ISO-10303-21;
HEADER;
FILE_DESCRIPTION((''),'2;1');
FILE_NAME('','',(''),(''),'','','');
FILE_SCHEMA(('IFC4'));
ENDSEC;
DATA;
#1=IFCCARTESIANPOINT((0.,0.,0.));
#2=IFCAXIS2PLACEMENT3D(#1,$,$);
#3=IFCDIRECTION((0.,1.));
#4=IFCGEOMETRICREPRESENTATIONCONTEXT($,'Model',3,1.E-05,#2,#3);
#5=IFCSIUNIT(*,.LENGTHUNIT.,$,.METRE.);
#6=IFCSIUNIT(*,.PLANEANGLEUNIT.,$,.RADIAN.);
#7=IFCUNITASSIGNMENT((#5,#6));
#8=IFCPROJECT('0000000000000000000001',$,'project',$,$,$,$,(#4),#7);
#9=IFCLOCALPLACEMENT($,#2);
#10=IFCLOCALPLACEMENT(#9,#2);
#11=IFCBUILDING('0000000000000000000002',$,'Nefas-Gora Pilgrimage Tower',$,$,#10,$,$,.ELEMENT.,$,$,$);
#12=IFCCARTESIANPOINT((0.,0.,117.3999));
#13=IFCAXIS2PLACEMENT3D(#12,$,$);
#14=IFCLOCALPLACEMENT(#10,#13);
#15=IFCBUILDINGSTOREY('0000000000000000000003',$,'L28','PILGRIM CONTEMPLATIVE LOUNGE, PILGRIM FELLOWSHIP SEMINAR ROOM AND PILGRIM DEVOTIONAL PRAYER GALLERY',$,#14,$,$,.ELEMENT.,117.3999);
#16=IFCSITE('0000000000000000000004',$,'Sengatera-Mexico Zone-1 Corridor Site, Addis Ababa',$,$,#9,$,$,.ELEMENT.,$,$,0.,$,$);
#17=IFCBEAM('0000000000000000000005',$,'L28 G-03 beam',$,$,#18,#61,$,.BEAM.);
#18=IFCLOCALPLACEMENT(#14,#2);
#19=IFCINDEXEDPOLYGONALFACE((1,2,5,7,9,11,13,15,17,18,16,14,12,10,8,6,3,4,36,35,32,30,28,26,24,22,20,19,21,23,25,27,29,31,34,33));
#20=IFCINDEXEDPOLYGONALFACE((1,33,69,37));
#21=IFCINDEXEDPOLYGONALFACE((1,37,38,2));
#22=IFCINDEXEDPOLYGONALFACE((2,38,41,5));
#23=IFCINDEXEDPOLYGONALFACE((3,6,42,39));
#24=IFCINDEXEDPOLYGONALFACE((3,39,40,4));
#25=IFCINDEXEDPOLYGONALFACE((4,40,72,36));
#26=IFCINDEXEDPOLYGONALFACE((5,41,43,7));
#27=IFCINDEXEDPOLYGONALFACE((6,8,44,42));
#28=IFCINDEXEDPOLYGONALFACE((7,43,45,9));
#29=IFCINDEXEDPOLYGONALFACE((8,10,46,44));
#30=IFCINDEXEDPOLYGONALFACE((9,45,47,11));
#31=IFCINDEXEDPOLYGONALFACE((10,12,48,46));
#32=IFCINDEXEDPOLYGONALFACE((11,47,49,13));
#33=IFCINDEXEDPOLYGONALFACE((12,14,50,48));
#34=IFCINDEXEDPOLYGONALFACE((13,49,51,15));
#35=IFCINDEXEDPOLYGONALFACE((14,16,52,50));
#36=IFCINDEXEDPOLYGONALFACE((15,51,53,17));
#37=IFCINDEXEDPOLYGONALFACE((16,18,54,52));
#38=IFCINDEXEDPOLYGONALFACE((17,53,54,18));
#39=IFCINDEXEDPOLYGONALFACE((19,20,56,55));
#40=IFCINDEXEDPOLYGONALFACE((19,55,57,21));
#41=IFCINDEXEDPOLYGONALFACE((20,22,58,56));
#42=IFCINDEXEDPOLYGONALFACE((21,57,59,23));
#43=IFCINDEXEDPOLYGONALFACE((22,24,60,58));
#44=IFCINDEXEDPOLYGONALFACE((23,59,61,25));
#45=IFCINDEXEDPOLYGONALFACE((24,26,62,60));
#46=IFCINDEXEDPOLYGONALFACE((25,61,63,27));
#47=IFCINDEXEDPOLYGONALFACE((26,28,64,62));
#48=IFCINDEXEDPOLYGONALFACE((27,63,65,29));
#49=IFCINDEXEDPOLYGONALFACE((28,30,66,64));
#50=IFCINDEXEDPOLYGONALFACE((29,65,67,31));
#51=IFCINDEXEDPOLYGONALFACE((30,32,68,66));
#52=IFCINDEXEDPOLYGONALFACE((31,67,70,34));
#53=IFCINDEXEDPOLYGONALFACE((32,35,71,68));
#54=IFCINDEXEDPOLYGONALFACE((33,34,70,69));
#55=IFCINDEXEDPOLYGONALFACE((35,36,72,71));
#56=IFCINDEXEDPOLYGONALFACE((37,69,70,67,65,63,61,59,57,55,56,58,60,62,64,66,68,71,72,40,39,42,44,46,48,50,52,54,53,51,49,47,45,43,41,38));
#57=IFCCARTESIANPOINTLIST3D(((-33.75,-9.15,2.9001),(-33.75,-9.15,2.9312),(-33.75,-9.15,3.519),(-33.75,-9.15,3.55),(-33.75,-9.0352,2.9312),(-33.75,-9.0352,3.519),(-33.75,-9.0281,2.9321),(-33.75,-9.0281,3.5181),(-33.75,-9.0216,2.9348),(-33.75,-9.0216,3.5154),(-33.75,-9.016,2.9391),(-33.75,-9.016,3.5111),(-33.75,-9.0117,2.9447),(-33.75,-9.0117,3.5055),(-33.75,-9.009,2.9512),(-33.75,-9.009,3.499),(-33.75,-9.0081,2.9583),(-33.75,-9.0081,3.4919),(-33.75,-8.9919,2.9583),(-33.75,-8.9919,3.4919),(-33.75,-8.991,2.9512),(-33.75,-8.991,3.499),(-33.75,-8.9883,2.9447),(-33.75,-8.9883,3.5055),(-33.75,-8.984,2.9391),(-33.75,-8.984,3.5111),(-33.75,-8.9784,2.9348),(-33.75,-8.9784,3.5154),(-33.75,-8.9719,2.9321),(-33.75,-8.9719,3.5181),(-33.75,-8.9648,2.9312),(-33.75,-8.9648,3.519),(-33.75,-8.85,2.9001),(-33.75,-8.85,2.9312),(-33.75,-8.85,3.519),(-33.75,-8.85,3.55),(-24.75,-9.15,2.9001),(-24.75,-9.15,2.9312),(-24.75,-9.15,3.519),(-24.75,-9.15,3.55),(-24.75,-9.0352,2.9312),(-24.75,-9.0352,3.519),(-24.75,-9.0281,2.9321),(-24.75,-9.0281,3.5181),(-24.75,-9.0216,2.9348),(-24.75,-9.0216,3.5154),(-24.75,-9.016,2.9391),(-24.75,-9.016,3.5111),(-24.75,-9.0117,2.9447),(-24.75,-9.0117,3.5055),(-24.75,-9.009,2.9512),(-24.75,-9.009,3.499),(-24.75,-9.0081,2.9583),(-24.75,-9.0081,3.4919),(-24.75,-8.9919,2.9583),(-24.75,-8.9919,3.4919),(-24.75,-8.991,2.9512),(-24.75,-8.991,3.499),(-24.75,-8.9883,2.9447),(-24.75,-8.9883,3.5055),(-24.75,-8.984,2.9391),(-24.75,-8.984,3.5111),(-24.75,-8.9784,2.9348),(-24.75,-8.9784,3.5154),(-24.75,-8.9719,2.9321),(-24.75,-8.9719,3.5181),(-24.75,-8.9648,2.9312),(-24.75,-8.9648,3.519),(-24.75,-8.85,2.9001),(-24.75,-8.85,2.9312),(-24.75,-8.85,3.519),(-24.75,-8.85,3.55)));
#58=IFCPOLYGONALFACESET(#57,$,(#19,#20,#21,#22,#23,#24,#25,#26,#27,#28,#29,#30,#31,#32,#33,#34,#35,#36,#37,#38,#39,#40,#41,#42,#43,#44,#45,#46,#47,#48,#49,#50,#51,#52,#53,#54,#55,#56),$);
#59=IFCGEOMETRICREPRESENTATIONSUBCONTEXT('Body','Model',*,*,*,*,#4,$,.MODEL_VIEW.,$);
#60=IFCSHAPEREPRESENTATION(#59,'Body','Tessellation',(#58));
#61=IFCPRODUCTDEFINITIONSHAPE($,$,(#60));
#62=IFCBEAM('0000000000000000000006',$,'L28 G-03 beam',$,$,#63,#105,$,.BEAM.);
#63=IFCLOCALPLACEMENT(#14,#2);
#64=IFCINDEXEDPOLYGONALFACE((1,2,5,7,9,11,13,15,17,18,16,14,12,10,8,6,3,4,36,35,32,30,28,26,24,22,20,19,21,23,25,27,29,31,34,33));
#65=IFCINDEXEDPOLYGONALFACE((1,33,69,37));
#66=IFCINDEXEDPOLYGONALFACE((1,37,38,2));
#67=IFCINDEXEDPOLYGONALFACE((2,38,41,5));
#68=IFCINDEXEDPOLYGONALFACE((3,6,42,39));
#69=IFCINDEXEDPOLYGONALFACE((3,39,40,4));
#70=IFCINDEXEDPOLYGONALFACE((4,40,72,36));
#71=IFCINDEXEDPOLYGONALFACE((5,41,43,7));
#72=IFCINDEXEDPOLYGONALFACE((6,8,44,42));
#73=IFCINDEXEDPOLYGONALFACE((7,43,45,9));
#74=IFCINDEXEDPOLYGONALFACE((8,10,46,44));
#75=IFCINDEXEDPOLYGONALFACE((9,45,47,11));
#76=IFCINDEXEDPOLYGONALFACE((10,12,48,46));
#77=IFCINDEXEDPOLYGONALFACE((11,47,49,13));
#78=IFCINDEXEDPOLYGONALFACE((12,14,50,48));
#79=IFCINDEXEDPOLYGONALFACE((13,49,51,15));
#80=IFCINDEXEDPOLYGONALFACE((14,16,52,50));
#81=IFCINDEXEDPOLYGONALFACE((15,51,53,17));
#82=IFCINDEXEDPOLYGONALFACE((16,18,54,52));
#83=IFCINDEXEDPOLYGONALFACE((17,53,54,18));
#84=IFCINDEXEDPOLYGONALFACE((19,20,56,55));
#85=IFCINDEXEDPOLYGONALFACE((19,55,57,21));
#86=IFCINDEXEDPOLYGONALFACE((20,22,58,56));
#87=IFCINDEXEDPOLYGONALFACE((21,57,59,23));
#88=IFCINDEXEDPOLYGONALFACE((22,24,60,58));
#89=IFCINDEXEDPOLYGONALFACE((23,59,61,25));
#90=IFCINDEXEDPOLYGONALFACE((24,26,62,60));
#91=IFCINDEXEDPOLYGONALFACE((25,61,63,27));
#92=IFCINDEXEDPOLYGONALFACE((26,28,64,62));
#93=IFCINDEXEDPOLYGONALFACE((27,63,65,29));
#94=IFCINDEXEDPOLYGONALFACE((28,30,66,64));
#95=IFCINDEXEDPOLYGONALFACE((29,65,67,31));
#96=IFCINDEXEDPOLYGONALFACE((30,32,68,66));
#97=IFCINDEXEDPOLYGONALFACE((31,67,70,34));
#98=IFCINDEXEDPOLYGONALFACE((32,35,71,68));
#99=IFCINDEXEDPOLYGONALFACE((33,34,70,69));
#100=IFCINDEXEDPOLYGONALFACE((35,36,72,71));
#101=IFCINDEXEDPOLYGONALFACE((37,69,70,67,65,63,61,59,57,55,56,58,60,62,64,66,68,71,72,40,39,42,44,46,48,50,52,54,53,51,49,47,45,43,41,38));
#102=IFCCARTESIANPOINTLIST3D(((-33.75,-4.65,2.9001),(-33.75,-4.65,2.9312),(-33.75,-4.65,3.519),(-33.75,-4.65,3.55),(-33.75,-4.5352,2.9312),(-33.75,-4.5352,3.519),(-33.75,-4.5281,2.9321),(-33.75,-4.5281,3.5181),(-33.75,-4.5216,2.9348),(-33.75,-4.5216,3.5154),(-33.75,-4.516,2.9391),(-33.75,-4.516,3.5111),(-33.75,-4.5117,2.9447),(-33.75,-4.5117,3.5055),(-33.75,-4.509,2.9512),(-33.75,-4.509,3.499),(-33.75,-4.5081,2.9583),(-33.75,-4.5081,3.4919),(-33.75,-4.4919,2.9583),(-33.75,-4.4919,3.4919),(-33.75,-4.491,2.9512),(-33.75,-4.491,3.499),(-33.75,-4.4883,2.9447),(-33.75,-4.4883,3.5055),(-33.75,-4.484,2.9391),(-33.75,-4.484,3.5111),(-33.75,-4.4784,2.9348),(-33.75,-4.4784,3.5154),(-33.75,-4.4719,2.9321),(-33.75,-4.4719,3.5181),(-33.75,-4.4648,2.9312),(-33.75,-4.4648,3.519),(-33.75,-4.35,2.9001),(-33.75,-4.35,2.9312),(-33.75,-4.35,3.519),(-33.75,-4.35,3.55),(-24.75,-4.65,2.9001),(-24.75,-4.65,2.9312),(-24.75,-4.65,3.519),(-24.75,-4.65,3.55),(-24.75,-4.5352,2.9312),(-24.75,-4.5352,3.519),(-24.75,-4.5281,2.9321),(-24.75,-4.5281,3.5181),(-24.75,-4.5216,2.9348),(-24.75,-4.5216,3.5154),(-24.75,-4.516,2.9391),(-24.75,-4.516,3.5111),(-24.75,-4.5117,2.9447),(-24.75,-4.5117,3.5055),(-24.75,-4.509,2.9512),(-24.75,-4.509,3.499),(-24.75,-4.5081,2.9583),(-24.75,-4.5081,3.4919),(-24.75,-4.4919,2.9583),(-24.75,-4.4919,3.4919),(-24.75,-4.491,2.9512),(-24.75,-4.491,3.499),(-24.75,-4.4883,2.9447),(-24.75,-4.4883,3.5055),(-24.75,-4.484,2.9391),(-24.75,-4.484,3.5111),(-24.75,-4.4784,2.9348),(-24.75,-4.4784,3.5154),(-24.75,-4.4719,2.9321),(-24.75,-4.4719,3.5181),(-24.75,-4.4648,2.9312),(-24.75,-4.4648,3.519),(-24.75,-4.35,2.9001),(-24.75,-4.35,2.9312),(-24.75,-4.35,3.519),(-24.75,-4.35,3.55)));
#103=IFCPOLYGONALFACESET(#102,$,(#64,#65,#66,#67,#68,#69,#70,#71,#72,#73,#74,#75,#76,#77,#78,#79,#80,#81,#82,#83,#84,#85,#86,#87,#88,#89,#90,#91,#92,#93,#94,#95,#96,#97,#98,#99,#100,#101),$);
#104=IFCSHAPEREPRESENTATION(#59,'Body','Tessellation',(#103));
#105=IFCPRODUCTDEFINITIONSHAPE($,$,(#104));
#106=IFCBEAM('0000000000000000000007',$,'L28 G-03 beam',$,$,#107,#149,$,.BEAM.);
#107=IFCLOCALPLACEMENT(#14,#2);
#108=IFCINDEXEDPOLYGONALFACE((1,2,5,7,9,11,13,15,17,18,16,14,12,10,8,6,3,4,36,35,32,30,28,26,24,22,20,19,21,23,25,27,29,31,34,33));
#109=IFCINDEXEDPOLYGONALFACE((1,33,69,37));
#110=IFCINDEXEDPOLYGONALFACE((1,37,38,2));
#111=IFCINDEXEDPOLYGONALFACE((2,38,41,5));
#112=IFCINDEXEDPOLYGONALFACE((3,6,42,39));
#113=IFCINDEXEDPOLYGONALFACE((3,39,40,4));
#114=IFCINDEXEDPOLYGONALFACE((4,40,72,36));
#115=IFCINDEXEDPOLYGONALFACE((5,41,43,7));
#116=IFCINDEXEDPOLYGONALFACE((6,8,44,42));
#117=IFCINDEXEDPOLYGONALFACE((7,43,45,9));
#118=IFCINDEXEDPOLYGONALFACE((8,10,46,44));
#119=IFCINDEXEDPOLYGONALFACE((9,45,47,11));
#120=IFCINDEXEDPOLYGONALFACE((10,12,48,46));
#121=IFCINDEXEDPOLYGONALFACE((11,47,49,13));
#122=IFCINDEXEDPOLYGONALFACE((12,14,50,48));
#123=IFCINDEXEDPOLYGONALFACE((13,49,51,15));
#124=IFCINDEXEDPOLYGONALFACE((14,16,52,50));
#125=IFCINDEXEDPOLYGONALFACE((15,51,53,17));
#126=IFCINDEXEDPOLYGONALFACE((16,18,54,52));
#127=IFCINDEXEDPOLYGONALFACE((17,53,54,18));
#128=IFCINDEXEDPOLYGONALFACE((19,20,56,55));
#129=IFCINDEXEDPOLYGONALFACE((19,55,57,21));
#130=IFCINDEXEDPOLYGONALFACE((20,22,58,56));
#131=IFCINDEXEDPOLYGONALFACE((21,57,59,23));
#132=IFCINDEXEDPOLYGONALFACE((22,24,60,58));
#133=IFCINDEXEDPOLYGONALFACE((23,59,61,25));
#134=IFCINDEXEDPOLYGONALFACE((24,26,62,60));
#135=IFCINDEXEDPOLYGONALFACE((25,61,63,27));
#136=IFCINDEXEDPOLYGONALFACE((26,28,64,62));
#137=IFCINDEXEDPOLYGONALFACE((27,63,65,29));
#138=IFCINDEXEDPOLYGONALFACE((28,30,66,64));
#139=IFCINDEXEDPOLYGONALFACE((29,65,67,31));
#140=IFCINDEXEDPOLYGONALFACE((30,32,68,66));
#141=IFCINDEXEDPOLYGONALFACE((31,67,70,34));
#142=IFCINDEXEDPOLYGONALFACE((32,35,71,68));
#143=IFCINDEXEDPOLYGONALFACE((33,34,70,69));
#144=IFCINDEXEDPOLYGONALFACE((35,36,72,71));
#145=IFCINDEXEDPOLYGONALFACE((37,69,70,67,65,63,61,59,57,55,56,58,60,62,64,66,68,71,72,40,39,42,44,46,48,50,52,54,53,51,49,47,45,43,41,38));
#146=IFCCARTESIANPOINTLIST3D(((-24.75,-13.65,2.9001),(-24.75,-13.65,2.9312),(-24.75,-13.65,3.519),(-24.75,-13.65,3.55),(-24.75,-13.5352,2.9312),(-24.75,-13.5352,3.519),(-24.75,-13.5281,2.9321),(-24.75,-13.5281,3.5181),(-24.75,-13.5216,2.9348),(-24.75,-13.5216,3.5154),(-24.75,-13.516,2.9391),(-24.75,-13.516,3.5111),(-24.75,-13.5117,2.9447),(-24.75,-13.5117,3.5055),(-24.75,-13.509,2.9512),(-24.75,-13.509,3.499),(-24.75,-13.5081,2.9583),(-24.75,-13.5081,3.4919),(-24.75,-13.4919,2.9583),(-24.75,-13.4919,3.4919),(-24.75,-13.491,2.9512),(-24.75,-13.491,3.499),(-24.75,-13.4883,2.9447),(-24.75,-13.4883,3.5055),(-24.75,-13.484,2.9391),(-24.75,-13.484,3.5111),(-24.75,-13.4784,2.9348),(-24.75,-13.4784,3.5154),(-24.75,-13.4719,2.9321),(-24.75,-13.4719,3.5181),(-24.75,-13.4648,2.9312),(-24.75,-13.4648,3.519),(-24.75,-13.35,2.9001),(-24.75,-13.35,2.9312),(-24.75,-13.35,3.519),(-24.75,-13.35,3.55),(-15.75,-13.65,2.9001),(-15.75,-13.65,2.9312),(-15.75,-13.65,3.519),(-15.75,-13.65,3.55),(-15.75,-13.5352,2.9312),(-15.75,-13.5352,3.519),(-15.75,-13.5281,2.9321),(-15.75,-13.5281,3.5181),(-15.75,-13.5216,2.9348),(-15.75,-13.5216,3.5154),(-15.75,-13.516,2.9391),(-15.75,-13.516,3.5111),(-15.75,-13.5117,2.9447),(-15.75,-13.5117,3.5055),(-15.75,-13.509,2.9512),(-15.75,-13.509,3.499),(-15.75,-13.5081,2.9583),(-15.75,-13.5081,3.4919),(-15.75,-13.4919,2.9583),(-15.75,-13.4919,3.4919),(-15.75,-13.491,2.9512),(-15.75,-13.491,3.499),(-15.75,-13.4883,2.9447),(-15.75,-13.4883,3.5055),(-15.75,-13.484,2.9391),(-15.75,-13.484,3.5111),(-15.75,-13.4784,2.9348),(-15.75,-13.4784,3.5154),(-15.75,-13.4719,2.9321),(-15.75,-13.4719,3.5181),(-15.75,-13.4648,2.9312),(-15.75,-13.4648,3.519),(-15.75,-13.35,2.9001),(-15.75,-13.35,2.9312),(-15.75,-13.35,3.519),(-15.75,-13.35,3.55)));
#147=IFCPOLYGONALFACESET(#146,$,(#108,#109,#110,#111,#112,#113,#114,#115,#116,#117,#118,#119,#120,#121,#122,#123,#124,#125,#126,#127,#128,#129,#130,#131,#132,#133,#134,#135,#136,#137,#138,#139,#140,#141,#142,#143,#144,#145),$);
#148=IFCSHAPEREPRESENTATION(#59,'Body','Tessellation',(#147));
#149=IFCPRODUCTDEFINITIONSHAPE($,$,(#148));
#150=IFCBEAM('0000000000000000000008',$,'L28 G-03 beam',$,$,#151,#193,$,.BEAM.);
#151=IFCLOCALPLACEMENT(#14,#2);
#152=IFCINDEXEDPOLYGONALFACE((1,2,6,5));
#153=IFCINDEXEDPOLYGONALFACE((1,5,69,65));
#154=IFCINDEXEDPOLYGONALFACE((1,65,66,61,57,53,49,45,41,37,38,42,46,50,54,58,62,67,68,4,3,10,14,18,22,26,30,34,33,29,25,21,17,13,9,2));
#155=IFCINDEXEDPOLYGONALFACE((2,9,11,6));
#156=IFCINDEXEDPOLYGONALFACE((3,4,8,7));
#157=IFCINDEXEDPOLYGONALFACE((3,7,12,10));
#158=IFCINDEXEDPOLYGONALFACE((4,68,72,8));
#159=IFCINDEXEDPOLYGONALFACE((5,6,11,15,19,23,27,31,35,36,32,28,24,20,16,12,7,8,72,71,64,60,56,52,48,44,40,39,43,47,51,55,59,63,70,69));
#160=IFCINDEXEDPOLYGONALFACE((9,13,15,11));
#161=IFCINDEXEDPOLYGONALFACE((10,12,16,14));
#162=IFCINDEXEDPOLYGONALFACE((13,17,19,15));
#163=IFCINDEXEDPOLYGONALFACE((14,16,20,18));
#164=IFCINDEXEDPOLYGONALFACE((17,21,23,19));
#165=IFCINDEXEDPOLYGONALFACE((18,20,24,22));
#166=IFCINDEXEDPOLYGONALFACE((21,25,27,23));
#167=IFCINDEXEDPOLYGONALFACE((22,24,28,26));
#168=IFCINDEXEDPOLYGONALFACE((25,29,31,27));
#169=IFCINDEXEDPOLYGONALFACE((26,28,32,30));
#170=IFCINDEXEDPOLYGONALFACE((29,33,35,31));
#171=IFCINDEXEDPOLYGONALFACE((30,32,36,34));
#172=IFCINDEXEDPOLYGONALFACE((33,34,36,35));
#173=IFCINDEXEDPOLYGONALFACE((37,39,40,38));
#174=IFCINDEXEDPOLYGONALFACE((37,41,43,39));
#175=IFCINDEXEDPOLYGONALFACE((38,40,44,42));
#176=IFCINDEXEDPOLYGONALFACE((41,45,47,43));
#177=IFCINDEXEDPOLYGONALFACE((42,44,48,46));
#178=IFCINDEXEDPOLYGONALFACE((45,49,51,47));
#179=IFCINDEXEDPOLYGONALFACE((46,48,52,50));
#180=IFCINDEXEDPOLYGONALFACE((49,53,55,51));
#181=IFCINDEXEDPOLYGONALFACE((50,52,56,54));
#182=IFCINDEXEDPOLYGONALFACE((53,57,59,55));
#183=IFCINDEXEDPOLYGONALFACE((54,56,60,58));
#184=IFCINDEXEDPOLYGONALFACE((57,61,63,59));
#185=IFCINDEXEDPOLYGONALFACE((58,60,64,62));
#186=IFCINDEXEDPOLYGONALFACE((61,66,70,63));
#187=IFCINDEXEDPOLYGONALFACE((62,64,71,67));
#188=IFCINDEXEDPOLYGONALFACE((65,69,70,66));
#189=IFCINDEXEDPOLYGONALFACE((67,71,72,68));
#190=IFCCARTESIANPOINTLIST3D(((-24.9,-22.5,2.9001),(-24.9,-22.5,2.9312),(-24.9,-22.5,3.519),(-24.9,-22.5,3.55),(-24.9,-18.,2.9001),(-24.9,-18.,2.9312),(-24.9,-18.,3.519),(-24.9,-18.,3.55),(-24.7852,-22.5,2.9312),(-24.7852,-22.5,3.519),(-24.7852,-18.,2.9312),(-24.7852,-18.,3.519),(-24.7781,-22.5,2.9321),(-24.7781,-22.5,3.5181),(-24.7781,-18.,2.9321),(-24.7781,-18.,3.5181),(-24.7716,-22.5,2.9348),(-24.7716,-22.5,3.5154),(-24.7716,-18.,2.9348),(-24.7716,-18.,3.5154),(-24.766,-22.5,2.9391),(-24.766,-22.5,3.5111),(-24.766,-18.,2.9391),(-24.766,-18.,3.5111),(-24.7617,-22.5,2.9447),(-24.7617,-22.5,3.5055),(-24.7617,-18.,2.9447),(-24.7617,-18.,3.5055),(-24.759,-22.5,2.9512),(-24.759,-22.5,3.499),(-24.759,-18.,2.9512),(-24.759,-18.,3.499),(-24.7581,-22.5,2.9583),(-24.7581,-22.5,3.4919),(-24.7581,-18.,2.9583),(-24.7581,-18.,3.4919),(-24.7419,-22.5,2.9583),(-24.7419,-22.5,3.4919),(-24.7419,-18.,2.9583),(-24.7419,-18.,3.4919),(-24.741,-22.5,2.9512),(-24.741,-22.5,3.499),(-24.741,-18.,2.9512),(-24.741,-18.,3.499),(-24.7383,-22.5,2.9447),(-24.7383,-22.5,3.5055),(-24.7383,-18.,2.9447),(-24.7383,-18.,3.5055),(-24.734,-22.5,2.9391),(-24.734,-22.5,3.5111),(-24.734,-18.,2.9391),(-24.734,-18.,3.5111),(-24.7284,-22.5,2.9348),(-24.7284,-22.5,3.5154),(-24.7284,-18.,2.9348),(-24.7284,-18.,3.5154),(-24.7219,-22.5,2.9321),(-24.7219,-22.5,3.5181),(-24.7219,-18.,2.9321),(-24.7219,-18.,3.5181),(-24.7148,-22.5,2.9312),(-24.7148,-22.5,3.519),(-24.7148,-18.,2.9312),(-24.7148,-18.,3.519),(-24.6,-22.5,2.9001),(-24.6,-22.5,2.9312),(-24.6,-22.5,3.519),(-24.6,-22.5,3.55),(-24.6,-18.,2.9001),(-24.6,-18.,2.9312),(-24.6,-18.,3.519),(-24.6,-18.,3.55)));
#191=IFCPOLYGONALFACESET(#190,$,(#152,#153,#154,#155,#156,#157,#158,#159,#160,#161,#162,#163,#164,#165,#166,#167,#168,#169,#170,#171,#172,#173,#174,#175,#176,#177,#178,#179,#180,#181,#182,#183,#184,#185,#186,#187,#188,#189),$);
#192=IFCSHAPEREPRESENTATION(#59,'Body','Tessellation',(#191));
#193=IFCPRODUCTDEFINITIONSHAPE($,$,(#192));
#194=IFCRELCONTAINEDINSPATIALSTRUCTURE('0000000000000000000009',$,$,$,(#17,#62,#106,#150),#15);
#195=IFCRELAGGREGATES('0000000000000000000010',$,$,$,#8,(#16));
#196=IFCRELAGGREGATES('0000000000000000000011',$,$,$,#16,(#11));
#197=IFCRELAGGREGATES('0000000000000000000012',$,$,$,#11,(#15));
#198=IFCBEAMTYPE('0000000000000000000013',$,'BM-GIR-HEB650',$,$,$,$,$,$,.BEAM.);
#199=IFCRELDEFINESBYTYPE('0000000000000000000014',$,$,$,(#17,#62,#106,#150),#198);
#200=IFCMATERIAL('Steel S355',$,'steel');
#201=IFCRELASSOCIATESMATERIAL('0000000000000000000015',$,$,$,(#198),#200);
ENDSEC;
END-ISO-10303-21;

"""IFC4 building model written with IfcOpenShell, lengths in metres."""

from ifc_helpers import new_model, si_unit, direction, frame, origin, origin_2d, place, context, subcontext, project, spatial, i_section, extrude, source, transform, mapped, material, material_profile, profile_set, type_object, element, save


model = new_model("IFC4")

# Units and contexts
model_context = context("Model", 3, precision=1e-05, world=origin(), true_north=direction((0.0, 1.0)))
body_context = subcontext(model_context, "Body", "Model", "MODEL_VIEW")
ifc_project = project(units=[si_unit("LENGTHUNIT", "METRE"), si_unit("PLANEANGLEUNIT", "RADIAN")], contexts=[model_context])

# Site, building, storey
site_placement = place(None, origin())
site = spatial("IfcSite", under=ifc_project, at=site_placement, Name="Sengatera-Mexico Zone-1 Corridor Site, Addis Ababa", CompositionType="ELEMENT", RefElevation=0.0)
building_placement = place(site_placement, origin())
building = spatial("IfcBuilding", under=site, at=building_placement, Name="Nefas-Gora Pilgrimage Tower", CompositionType="ELEMENT")
storey_placement = place(building_placement, frame((0.0, 0.0, 117.3999)))
storey = spatial("IfcBuildingStorey", under=building, at=storey_placement, Name="L28", Description="PILGRIM CONTEMPLATIVE LOUNGE, PILGRIM FELLOWSHIP SEMINAR ROOM AND PILGRIM DEVOTIONAL PRAYER GALLERY", CompositionType="ELEMENT", Elevation=117.3999)

# Beams
ifc_material_1 = material(Name="Steel S355", Category="steel")
ifc_material_profile_1 = material_profile(ifc_material_1, i_section(OverallWidth=0.3, OverallDepth=0.6499, WebThickness=0.0161, FlangeThickness=0.031, FilletRadius=0.0271, at=origin_2d()), Name="HEB 650")
ifc_profile_set_1 = profile_set([ifc_material_profile_1], Name="Steel S355")
beam_type_1 = type_object("IfcBeamType", Name="BM-GIR-HEB650", PredefinedType="BEAM", material=ifc_profile_set_1)
shared_shape_1 = source(origin(), body_context, "Body", "SweptSolid", [
    extrude(i_section(OverallWidth=0.3, OverallDepth=0.6499, WebThickness=0.0161, FlangeThickness=0.031, FilletRadius=0.0271, at=origin_2d()), origin(), (0.0, 0.0, 1.0), 9.0),
])
for number, where, z_axis, x_axis, name in (
    (1, (-33.75, -9.0, 3.2251), (1.0, 0.0, 0.0), (0.0, 1.0, 0.0), "L28 G-03 beam"),
    (2, (-33.75, -4.5, 3.2251), (1.0, 0.0, 0.0), (0.0, 1.0, 0.0), "L28 G-03 beam"),
    (3, (-24.75, -13.5, 3.2251), (1.0, 0.0, 0.0), (0.0, 1.0, 0.0), "L28 G-03 beam"),
):
    element("IfcBeam", number, at=place(storey_placement, frame(where, z_axis=z_axis, x_axis=x_axis)), inside=storey, type_object=beam_type_1, Name=name, PredefinedType="BEAM", context=body_context, shape_type="MappedRepresentation", body=[
        mapped(shared_shape_1, transform((0.0, 0.0, 0.0), x_axis=(1.0, 0.0, 0.0), y_axis=(0.0, 1.0, 0.0), z_axis=(0.0, 0.0, 1.0), scale=1.0)),
    ])
shared_shape_2 = source(origin(), body_context, "Body", "SweptSolid", [
    extrude(i_section(OverallWidth=0.3, OverallDepth=0.6499, WebThickness=0.0161, FlangeThickness=0.031, FilletRadius=0.0271, at=origin_2d()), origin(), (0.0, 0.0, 1.0), 4.5),
])
for number, where, z_axis, x_axis, name in (
    (4, (-24.75, -22.5, 3.2251), (0.0, 1.0, 0.0), (-1.0, 0.0, 0.0), "L28 G-03 beam"),
):
    element("IfcBeam", number, at=place(storey_placement, frame(where, z_axis=z_axis, x_axis=x_axis)), inside=storey, type_object=beam_type_1, Name=name, PredefinedType="BEAM", context=body_context, shape_type="MappedRepresentation", body=[
        mapped(shared_shape_2, transform((0.0, 0.0, 0.0), x_axis=(1.0, 0.0, 0.0), y_axis=(0.0, 1.0, 0.0), z_axis=(0.0, 0.0, 1.0), scale=1.0)),
    ])

save(model, "model.ifc")
